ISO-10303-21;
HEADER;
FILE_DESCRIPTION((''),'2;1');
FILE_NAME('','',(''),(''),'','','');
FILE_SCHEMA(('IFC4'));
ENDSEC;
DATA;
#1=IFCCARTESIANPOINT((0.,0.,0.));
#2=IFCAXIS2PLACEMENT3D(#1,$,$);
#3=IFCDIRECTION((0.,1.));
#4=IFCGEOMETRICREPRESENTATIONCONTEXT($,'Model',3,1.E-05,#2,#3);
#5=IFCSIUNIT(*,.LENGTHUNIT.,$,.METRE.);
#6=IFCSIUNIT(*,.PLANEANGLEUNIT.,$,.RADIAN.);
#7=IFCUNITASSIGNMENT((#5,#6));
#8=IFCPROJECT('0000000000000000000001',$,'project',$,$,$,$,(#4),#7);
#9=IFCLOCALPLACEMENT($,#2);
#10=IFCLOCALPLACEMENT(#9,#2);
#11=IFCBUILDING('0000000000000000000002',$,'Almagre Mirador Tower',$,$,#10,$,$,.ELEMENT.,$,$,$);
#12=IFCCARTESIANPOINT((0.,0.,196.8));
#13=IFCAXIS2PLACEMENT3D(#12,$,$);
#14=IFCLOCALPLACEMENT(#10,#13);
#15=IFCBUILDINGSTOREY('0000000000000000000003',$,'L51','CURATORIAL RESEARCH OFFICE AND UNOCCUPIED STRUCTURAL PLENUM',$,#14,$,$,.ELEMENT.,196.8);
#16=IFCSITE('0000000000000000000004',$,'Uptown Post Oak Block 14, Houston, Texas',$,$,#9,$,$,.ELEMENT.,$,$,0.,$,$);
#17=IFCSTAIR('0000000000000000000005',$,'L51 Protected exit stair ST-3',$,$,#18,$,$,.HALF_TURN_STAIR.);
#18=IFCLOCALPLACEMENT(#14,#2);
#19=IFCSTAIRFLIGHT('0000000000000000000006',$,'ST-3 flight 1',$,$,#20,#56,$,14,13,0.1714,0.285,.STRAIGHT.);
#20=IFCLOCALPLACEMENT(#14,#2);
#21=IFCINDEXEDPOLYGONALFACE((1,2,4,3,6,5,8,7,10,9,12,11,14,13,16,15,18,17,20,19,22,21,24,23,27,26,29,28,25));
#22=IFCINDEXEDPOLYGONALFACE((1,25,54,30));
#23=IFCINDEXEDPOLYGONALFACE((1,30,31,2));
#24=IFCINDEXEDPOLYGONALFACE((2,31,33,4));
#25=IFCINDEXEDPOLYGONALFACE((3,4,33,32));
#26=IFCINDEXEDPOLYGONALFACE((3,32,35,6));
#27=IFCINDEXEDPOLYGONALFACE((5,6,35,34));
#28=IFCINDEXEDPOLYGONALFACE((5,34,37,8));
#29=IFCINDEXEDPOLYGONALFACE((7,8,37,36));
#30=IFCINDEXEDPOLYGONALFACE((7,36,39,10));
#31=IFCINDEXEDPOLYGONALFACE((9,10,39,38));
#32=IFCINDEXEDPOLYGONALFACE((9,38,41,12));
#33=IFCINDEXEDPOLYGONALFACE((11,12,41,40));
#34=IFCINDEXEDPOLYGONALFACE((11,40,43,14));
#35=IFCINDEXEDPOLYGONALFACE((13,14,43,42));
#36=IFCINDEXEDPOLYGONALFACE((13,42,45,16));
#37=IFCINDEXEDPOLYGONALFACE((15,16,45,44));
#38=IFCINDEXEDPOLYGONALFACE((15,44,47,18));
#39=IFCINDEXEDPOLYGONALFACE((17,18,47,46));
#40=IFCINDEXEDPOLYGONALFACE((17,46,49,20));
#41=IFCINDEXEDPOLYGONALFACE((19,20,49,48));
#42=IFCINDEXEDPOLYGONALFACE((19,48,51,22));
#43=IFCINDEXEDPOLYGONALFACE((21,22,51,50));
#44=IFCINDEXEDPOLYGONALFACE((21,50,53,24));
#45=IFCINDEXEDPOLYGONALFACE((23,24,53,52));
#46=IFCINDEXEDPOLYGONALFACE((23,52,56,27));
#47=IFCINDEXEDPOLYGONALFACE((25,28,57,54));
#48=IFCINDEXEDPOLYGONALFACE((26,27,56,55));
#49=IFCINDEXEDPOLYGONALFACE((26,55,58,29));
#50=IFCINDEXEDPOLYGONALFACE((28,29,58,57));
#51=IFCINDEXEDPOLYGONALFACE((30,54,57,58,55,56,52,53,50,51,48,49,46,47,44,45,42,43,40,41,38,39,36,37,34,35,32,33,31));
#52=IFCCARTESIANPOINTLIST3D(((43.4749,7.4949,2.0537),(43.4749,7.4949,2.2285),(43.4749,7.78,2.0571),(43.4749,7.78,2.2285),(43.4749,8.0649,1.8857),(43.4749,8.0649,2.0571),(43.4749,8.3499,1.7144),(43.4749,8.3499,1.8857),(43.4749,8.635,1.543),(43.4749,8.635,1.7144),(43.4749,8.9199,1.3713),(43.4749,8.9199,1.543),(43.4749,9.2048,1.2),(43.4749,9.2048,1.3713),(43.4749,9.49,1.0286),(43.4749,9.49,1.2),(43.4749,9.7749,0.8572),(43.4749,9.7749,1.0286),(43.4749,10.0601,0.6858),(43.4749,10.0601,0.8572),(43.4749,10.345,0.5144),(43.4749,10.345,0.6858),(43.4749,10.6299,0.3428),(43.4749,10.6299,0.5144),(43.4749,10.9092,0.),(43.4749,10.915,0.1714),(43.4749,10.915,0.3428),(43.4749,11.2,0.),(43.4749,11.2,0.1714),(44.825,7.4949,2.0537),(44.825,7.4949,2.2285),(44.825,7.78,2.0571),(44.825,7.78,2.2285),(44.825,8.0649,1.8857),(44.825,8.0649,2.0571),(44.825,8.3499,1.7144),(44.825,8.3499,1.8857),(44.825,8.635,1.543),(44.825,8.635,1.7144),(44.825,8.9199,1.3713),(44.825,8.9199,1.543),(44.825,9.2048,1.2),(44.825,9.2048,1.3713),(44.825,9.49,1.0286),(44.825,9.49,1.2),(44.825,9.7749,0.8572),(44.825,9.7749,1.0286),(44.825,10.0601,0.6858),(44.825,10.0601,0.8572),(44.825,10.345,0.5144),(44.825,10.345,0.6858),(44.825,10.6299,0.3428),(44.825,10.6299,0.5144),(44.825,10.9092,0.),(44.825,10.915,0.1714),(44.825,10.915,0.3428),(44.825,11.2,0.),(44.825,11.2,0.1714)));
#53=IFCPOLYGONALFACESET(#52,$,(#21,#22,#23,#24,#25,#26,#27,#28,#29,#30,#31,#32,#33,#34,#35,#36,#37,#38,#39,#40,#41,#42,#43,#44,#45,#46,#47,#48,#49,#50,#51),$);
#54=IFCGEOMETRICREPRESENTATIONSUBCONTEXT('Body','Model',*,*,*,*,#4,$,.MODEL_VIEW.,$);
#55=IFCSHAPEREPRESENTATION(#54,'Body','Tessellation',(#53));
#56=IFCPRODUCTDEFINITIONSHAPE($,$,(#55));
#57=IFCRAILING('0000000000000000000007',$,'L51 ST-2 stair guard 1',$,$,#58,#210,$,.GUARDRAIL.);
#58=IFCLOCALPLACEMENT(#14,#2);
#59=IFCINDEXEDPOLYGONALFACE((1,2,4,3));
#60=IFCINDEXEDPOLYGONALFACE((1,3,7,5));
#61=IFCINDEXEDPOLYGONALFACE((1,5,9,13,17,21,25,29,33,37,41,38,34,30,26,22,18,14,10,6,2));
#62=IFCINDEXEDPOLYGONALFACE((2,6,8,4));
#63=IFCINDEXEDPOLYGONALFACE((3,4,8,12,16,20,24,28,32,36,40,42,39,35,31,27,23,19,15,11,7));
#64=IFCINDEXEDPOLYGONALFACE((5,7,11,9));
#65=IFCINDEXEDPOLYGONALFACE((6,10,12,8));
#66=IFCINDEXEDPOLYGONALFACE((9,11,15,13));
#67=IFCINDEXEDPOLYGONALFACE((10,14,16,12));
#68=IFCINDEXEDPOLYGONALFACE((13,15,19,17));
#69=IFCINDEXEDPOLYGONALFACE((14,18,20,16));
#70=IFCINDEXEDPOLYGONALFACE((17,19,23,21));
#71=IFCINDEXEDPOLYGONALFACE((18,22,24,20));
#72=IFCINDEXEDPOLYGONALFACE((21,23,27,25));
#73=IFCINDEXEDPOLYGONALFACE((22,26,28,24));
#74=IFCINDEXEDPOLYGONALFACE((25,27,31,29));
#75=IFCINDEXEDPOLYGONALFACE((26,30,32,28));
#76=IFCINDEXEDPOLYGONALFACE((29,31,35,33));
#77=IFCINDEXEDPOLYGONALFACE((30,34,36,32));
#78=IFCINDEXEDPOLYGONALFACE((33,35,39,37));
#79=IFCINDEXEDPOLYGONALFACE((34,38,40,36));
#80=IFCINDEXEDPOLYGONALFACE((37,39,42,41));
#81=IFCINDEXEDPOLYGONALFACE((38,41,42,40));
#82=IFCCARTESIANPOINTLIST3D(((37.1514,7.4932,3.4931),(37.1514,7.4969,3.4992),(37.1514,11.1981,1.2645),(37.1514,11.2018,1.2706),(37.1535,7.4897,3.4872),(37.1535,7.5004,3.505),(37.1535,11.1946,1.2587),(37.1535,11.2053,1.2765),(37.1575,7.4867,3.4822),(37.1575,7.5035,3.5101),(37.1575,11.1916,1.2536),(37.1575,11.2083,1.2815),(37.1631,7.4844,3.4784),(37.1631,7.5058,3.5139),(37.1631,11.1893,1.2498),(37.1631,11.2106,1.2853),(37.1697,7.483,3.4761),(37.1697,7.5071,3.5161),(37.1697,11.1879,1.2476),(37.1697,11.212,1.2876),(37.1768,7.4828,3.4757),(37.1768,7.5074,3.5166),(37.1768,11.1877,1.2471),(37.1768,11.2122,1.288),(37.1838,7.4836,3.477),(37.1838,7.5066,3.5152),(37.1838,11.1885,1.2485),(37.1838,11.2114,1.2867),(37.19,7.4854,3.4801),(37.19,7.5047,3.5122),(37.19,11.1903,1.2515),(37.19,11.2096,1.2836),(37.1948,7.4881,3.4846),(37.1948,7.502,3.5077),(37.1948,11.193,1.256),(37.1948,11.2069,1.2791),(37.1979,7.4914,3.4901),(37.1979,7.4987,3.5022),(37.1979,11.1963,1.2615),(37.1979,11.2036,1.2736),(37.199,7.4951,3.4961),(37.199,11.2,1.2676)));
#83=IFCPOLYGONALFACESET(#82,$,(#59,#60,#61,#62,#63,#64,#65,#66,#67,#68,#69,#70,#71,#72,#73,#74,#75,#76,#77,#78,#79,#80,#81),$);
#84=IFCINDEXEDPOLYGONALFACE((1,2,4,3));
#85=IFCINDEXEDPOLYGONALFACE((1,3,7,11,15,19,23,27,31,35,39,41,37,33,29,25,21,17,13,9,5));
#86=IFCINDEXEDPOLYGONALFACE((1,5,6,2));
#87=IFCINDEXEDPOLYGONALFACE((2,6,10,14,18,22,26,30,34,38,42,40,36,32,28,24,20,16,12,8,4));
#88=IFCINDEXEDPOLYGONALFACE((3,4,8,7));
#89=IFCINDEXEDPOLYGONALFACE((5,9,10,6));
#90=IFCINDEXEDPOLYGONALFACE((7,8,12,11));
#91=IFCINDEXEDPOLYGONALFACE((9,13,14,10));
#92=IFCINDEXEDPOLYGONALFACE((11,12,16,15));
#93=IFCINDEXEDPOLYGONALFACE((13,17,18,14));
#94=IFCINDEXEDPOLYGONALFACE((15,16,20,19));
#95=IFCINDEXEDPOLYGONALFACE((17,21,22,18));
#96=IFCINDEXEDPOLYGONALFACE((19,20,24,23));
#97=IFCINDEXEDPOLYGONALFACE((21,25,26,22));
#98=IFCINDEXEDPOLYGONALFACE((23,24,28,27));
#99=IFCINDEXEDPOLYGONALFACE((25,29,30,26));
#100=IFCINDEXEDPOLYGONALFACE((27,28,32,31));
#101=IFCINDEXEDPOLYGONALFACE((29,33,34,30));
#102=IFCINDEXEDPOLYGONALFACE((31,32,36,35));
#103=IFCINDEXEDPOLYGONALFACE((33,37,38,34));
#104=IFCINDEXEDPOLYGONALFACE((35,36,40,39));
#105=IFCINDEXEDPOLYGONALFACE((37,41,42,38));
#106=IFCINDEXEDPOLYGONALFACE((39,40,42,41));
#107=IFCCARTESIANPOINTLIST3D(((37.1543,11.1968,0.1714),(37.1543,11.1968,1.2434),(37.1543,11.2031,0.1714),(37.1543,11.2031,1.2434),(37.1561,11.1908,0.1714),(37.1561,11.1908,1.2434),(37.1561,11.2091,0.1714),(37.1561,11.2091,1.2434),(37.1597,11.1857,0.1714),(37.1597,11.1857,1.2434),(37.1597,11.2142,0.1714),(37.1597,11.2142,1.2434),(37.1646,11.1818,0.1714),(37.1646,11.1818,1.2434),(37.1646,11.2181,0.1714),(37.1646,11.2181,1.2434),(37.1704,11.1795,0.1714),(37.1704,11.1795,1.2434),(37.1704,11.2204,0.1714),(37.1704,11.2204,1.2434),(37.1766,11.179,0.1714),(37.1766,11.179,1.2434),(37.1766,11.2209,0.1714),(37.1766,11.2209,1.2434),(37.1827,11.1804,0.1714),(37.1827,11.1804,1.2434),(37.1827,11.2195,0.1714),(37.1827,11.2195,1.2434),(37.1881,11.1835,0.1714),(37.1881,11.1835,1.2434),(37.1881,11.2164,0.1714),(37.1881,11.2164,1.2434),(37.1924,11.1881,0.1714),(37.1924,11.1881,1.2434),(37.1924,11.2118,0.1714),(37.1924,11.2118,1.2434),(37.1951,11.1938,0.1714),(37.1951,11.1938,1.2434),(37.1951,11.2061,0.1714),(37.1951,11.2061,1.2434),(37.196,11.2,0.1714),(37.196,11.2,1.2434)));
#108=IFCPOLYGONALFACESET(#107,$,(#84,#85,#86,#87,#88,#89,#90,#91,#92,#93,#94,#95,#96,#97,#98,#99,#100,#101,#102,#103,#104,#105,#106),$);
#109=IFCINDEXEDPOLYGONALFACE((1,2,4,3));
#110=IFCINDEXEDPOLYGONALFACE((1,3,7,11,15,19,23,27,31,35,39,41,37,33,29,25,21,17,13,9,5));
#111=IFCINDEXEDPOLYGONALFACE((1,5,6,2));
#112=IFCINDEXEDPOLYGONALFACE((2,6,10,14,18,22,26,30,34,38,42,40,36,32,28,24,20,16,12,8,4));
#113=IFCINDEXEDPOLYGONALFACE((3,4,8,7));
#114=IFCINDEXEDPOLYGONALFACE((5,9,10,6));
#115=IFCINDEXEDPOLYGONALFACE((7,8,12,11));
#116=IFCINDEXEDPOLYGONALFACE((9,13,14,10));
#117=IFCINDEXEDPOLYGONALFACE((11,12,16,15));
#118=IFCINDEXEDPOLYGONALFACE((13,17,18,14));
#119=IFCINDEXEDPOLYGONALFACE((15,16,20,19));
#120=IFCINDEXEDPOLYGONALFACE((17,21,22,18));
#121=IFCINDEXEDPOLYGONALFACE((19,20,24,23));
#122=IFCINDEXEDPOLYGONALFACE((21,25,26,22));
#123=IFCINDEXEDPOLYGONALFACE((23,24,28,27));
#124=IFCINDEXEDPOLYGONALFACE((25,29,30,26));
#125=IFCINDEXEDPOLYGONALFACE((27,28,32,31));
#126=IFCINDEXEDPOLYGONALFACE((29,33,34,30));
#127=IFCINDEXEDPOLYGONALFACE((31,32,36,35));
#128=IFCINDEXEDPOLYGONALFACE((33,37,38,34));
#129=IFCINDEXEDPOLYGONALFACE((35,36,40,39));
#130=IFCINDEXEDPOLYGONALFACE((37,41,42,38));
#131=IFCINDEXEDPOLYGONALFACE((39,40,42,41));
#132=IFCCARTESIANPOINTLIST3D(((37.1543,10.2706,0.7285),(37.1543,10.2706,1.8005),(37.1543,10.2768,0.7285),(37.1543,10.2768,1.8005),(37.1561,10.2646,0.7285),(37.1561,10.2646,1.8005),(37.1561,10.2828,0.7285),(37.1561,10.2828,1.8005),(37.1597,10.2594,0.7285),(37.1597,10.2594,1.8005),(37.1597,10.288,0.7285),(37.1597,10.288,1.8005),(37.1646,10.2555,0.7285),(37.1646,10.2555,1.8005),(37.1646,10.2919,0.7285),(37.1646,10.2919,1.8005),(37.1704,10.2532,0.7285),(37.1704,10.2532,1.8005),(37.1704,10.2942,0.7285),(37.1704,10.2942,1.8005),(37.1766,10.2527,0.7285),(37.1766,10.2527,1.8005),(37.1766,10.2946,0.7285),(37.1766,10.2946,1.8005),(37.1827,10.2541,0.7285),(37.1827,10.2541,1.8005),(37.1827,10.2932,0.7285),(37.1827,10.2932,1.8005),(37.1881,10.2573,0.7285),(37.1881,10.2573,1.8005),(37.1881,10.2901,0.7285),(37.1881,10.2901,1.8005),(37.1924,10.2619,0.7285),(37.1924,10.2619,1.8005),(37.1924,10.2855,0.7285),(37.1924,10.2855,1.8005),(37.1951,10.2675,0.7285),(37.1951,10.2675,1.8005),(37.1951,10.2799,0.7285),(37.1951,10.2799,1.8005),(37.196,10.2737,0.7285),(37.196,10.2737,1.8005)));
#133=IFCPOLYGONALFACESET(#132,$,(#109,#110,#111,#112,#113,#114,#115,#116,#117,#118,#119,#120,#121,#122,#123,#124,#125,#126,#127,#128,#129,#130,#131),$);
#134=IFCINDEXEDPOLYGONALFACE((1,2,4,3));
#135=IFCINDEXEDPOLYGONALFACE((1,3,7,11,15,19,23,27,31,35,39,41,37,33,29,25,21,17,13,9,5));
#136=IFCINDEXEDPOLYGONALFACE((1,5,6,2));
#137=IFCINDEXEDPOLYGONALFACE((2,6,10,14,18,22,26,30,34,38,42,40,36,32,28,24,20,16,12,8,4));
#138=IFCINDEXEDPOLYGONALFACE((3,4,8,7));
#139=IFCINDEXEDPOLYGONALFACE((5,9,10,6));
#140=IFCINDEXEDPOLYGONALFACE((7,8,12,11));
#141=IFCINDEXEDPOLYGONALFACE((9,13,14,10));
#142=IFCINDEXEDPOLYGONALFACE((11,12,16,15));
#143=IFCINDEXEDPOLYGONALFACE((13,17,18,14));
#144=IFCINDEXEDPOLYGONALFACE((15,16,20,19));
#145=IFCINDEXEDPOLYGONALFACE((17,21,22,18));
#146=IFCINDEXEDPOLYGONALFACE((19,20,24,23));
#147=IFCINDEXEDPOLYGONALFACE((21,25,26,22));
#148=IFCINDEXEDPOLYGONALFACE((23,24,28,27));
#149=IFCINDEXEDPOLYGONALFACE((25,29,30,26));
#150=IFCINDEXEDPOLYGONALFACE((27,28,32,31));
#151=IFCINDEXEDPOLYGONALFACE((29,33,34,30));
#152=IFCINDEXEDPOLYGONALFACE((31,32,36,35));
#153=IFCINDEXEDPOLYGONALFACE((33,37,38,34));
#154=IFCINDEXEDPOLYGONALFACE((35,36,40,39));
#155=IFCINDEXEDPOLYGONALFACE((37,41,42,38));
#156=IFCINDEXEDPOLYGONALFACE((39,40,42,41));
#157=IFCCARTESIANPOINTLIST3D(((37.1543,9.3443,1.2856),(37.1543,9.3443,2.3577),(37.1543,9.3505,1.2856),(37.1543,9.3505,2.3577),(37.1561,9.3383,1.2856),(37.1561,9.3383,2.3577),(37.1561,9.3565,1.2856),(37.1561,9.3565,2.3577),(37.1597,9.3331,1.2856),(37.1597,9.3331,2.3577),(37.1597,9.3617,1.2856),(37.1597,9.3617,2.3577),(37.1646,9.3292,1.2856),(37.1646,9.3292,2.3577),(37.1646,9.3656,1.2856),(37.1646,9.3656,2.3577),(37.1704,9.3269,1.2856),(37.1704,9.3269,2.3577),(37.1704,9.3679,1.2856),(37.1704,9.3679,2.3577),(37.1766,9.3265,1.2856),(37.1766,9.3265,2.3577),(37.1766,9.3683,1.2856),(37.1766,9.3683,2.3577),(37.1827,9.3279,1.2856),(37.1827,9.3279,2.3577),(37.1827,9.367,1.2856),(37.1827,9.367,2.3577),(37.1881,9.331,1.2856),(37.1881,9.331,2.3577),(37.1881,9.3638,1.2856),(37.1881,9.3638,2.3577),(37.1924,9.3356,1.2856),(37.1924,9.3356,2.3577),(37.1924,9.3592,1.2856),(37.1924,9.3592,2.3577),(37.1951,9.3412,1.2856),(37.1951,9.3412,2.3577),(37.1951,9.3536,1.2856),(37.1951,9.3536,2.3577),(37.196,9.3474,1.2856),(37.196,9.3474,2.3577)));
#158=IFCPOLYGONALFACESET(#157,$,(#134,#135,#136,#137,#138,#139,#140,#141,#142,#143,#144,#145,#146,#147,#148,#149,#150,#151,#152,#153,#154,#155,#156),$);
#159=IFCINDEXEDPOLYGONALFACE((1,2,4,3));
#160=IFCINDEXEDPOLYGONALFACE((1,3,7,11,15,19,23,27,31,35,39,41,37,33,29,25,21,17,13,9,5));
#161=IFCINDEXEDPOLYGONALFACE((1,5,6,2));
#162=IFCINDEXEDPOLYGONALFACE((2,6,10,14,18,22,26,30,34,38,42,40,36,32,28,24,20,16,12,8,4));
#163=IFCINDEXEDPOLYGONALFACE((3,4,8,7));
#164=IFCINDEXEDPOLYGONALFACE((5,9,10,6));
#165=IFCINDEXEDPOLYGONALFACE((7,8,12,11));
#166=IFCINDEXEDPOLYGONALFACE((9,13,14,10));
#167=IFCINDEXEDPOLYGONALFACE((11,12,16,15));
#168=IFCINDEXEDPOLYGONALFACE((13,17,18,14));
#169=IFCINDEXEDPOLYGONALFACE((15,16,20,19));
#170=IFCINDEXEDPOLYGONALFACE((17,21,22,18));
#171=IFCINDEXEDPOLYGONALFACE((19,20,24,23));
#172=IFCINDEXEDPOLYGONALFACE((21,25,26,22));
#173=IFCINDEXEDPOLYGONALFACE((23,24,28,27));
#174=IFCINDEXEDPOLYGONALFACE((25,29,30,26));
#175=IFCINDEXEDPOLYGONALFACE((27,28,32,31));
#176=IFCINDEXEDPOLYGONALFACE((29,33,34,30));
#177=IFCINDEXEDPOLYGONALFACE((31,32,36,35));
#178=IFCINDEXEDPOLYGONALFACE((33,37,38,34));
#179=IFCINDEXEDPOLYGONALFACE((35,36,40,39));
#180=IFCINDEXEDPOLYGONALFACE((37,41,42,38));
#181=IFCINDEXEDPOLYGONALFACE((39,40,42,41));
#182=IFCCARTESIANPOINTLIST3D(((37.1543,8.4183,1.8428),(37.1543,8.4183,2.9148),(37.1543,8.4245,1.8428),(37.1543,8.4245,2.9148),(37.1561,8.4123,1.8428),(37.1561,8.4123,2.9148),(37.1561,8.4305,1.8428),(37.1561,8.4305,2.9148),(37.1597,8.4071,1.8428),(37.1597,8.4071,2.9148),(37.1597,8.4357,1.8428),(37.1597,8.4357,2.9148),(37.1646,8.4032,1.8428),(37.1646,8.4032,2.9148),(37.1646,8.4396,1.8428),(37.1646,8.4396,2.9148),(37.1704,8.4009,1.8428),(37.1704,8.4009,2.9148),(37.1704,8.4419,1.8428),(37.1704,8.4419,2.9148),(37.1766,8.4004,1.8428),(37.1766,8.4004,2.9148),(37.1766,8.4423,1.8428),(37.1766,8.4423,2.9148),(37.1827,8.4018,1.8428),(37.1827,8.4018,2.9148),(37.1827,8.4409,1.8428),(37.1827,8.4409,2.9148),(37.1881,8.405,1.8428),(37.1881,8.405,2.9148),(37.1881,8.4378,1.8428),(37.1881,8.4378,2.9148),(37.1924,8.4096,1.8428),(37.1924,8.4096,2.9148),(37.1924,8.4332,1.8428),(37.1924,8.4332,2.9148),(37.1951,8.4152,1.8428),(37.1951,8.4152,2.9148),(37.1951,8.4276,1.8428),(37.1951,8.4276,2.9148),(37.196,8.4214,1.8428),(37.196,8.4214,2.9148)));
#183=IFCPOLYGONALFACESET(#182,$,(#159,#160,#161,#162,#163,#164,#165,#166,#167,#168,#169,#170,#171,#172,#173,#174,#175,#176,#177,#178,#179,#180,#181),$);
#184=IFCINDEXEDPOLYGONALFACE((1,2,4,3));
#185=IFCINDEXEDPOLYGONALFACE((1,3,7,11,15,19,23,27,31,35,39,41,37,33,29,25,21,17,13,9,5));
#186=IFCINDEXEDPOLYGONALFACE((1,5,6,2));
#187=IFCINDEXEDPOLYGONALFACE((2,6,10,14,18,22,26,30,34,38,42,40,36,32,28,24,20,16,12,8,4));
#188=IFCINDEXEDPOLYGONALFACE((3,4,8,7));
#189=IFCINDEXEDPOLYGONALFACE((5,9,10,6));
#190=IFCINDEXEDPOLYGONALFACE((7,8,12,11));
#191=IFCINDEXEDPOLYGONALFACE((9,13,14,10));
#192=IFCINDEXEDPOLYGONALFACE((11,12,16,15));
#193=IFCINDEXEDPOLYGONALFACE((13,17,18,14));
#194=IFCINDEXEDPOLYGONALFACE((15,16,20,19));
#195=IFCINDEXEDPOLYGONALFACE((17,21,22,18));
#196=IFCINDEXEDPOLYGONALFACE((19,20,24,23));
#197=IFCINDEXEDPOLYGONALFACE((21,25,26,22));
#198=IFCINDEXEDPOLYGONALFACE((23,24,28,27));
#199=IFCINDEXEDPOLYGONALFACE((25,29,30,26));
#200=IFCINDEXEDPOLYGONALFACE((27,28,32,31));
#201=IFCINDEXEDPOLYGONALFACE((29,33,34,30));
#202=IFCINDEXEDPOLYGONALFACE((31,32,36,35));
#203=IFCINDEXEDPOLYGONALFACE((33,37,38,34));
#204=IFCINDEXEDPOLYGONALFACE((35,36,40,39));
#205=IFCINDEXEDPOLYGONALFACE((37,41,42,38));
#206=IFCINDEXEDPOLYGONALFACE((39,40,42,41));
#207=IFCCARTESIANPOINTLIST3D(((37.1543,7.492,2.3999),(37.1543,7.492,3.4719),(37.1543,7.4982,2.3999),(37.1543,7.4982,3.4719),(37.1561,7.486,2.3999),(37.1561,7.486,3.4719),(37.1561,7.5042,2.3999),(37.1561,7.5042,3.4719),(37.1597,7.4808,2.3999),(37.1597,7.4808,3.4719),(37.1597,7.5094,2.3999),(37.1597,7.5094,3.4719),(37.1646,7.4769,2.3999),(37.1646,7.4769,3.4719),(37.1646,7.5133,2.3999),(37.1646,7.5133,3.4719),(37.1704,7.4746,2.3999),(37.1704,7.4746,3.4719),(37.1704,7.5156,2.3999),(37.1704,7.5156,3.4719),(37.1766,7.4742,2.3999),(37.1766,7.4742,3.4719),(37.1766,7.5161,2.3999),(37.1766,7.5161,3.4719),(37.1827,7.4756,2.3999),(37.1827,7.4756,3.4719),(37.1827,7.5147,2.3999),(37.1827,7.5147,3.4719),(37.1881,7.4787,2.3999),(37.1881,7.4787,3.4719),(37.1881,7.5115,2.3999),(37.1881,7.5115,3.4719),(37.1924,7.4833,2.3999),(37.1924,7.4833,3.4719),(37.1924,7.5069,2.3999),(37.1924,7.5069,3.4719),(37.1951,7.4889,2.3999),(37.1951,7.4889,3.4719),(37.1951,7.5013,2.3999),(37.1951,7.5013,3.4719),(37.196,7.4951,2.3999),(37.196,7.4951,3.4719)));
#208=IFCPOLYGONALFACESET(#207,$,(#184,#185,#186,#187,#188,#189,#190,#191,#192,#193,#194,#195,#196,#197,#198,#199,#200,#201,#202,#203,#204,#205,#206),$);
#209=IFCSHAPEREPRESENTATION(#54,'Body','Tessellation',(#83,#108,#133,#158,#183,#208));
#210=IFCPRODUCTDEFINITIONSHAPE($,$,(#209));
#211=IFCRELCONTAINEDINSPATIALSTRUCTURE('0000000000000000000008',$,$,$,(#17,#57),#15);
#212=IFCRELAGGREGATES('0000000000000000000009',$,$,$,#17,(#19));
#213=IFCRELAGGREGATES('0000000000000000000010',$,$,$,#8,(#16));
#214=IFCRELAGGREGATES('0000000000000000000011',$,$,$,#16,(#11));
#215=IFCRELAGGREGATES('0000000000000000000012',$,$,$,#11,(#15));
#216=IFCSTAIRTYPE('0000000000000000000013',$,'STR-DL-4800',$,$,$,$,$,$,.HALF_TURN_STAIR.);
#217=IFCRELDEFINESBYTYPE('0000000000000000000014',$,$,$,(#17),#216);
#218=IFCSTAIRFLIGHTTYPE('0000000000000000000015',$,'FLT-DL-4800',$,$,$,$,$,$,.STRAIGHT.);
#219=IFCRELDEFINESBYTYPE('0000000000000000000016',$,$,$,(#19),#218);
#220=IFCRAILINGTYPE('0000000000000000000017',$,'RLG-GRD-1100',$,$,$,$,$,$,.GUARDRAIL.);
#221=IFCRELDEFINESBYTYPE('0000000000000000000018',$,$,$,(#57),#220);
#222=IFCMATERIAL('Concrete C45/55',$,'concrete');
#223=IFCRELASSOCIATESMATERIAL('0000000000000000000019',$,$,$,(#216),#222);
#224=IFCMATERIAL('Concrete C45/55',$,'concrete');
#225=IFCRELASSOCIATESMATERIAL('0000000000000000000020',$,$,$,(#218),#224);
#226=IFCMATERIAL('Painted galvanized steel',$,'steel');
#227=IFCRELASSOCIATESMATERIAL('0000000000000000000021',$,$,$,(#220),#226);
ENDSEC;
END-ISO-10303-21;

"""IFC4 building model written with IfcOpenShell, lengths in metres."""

from ifc_helpers import new_model, si_unit, direction, frame, origin, origin_2d, place, context, subcontext, project, spatial, polyline, circle, outline, extrude, material, type_object, element, aggregate, save


model = new_model("IFC4")

# Units and contexts
model_context = context("Model", 3, precision=1e-05, world=origin(), true_north=direction((0.0, 1.0)))
body_context = subcontext(model_context, "Body", "Model", "MODEL_VIEW")
ifc_project = project(units=[si_unit("LENGTHUNIT", "METRE"), si_unit("PLANEANGLEUNIT", "RADIAN")], contexts=[model_context])

# Site, building, storey
site_placement = place(None, origin())
site = spatial("IfcSite", under=ifc_project, at=site_placement, Name="Uptown Post Oak Block 14, Houston, Texas", CompositionType="ELEMENT", RefElevation=0.0)
building_placement = place(site_placement, origin())
building = spatial("IfcBuilding", under=site, at=building_placement, Name="Almagre Mirador Tower", CompositionType="ELEMENT")
storey_placement = place(building_placement, frame((0.0, 0.0, 196.8)))
storey = spatial("IfcBuildingStorey", under=building, at=storey_placement, Name="L51", Description="CURATORIAL RESEARCH OFFICE AND UNOCCUPIED STRUCTURAL PLENUM", CompositionType="ELEMENT", Elevation=196.8)

# Stair, stair flight
ifc_material_1 = material(Name="Concrete C45/55", Category="concrete")
stair_type = type_object("IfcStairType", Name="STR-DL-4800", PredefinedType="HALF_TURN_STAIR", material=ifc_material_1)
ifc_material_2 = material(Name="Concrete C45/55", Category="concrete")
stair_flight_type = type_object("IfcStairFlightType", Name="FLT-DL-4800", PredefinedType="STRAIGHT", material=ifc_material_2)
stair_1_placement = place(storey_placement, origin())
stair_1 = element("IfcStair", 1, at=stair_1_placement, inside=storey, type_object=stair_type, Name="L51 Protected exit stair ST-3", PredefinedType="HALF_TURN_STAIR")
stair_flight_1_placement = place(storey_placement, frame((44.1499, 11.2, 0.0), z_axis=(0.0, 0.0, 1.0), x_axis=(0.0, -1.0, 0.0)))
stair_flight_1 = element("IfcStairFlight", 2, at=stair_flight_1_placement, type_object=stair_flight_type, Name="ST-3 flight 1", NumberOfRisers=14, NumberOfTreads=13, PredefinedType="STRAIGHT", RiserHeight=0.1714, TreadLength=0.285, context=body_context, shape_type="SweptSolid", body=[
    extrude(outline(polyline([(0.0, 0.0), (0.0, 0.1714), (0.2849, 0.1714), (0.2849, 0.3428), (0.5701, 0.3428), (0.5701, 0.5144), (0.855, 0.5144), (0.855, 0.6858), (1.1399, 0.6858), (1.1399, 0.8572), (1.425, 0.8572), (1.425, 1.0286), (1.71, 1.0286), (1.71, 1.2), (1.9951, 1.2), (1.9951, 1.3713), (2.28, 1.3713), (2.28, 1.543), (2.5649, 1.543), (2.5649, 1.7144), (2.8501, 1.7144), (2.8501, 1.8857), (3.135, 1.8857), (3.135, 2.0571), (3.4199, 2.0571), (3.4199, 2.2285), (3.7051, 2.2285), (3.7051, 2.3999), (3.7051, 2.0537), (0.2908, 0.0), (0.0, 0.0)])), frame((0.0, 0.675, 0.0), z_axis=(0.0, -1.0, 0.0), x_axis=(1.0, 0.0, 0.0)), (0.0, 0.0, 1.0), 1.3501),
])
aggregate(stair_1, [stair_flight_1])

# Railing
ifc_material_3 = material(Name="Painted galvanized steel", Category="steel")
railing_type_1 = type_object("IfcRailingType", Name="RLG-GRD-1100", PredefinedType="GUARDRAIL", material=ifc_material_3)
railing_1_placement = place(storey_placement, frame((37.175, 11.2, 0.1714)))
element("IfcRailing", 3, at=railing_1_placement, inside=storey, type_object=railing_type_1, Name="L51 ST-2 stair guard 1", PredefinedType="GUARDRAIL", context=body_context, shape_type="SweptSolid", body=[
    extrude(circle(Radius=0.0239, at=origin_2d()), frame((0.0, 0.0, 1.0962), z_axis=(0.0, -0.856919, 0.51545), x_axis=(1.0, 0.0, 0.0)), (0.0, 0.0, 1.0), 4.3235),
    extrude(circle(Radius=0.021, at=origin_2d()), origin(), (0.0, 0.0, 1.0), 1.072),
    extrude(circle(Radius=0.021, at=origin_2d()), frame((0.0, -0.9263, 0.5571)), (0.0, 0.0, 1.0), 1.072),
    extrude(circle(Radius=0.021, at=origin_2d()), frame((0.0, -1.8525, 1.1143)), (0.0, 0.0, 1.0), 1.072),
    extrude(circle(Radius=0.021, at=origin_2d()), frame((0.0, -2.7786, 1.6714)), (0.0, 0.0, 1.0), 1.072),
    extrude(circle(Radius=0.021, at=origin_2d()), frame((0.0, -3.7048, 2.2285)), (0.0, 0.0, 1.0), 1.072),
])

save(model, "model.ifc")
